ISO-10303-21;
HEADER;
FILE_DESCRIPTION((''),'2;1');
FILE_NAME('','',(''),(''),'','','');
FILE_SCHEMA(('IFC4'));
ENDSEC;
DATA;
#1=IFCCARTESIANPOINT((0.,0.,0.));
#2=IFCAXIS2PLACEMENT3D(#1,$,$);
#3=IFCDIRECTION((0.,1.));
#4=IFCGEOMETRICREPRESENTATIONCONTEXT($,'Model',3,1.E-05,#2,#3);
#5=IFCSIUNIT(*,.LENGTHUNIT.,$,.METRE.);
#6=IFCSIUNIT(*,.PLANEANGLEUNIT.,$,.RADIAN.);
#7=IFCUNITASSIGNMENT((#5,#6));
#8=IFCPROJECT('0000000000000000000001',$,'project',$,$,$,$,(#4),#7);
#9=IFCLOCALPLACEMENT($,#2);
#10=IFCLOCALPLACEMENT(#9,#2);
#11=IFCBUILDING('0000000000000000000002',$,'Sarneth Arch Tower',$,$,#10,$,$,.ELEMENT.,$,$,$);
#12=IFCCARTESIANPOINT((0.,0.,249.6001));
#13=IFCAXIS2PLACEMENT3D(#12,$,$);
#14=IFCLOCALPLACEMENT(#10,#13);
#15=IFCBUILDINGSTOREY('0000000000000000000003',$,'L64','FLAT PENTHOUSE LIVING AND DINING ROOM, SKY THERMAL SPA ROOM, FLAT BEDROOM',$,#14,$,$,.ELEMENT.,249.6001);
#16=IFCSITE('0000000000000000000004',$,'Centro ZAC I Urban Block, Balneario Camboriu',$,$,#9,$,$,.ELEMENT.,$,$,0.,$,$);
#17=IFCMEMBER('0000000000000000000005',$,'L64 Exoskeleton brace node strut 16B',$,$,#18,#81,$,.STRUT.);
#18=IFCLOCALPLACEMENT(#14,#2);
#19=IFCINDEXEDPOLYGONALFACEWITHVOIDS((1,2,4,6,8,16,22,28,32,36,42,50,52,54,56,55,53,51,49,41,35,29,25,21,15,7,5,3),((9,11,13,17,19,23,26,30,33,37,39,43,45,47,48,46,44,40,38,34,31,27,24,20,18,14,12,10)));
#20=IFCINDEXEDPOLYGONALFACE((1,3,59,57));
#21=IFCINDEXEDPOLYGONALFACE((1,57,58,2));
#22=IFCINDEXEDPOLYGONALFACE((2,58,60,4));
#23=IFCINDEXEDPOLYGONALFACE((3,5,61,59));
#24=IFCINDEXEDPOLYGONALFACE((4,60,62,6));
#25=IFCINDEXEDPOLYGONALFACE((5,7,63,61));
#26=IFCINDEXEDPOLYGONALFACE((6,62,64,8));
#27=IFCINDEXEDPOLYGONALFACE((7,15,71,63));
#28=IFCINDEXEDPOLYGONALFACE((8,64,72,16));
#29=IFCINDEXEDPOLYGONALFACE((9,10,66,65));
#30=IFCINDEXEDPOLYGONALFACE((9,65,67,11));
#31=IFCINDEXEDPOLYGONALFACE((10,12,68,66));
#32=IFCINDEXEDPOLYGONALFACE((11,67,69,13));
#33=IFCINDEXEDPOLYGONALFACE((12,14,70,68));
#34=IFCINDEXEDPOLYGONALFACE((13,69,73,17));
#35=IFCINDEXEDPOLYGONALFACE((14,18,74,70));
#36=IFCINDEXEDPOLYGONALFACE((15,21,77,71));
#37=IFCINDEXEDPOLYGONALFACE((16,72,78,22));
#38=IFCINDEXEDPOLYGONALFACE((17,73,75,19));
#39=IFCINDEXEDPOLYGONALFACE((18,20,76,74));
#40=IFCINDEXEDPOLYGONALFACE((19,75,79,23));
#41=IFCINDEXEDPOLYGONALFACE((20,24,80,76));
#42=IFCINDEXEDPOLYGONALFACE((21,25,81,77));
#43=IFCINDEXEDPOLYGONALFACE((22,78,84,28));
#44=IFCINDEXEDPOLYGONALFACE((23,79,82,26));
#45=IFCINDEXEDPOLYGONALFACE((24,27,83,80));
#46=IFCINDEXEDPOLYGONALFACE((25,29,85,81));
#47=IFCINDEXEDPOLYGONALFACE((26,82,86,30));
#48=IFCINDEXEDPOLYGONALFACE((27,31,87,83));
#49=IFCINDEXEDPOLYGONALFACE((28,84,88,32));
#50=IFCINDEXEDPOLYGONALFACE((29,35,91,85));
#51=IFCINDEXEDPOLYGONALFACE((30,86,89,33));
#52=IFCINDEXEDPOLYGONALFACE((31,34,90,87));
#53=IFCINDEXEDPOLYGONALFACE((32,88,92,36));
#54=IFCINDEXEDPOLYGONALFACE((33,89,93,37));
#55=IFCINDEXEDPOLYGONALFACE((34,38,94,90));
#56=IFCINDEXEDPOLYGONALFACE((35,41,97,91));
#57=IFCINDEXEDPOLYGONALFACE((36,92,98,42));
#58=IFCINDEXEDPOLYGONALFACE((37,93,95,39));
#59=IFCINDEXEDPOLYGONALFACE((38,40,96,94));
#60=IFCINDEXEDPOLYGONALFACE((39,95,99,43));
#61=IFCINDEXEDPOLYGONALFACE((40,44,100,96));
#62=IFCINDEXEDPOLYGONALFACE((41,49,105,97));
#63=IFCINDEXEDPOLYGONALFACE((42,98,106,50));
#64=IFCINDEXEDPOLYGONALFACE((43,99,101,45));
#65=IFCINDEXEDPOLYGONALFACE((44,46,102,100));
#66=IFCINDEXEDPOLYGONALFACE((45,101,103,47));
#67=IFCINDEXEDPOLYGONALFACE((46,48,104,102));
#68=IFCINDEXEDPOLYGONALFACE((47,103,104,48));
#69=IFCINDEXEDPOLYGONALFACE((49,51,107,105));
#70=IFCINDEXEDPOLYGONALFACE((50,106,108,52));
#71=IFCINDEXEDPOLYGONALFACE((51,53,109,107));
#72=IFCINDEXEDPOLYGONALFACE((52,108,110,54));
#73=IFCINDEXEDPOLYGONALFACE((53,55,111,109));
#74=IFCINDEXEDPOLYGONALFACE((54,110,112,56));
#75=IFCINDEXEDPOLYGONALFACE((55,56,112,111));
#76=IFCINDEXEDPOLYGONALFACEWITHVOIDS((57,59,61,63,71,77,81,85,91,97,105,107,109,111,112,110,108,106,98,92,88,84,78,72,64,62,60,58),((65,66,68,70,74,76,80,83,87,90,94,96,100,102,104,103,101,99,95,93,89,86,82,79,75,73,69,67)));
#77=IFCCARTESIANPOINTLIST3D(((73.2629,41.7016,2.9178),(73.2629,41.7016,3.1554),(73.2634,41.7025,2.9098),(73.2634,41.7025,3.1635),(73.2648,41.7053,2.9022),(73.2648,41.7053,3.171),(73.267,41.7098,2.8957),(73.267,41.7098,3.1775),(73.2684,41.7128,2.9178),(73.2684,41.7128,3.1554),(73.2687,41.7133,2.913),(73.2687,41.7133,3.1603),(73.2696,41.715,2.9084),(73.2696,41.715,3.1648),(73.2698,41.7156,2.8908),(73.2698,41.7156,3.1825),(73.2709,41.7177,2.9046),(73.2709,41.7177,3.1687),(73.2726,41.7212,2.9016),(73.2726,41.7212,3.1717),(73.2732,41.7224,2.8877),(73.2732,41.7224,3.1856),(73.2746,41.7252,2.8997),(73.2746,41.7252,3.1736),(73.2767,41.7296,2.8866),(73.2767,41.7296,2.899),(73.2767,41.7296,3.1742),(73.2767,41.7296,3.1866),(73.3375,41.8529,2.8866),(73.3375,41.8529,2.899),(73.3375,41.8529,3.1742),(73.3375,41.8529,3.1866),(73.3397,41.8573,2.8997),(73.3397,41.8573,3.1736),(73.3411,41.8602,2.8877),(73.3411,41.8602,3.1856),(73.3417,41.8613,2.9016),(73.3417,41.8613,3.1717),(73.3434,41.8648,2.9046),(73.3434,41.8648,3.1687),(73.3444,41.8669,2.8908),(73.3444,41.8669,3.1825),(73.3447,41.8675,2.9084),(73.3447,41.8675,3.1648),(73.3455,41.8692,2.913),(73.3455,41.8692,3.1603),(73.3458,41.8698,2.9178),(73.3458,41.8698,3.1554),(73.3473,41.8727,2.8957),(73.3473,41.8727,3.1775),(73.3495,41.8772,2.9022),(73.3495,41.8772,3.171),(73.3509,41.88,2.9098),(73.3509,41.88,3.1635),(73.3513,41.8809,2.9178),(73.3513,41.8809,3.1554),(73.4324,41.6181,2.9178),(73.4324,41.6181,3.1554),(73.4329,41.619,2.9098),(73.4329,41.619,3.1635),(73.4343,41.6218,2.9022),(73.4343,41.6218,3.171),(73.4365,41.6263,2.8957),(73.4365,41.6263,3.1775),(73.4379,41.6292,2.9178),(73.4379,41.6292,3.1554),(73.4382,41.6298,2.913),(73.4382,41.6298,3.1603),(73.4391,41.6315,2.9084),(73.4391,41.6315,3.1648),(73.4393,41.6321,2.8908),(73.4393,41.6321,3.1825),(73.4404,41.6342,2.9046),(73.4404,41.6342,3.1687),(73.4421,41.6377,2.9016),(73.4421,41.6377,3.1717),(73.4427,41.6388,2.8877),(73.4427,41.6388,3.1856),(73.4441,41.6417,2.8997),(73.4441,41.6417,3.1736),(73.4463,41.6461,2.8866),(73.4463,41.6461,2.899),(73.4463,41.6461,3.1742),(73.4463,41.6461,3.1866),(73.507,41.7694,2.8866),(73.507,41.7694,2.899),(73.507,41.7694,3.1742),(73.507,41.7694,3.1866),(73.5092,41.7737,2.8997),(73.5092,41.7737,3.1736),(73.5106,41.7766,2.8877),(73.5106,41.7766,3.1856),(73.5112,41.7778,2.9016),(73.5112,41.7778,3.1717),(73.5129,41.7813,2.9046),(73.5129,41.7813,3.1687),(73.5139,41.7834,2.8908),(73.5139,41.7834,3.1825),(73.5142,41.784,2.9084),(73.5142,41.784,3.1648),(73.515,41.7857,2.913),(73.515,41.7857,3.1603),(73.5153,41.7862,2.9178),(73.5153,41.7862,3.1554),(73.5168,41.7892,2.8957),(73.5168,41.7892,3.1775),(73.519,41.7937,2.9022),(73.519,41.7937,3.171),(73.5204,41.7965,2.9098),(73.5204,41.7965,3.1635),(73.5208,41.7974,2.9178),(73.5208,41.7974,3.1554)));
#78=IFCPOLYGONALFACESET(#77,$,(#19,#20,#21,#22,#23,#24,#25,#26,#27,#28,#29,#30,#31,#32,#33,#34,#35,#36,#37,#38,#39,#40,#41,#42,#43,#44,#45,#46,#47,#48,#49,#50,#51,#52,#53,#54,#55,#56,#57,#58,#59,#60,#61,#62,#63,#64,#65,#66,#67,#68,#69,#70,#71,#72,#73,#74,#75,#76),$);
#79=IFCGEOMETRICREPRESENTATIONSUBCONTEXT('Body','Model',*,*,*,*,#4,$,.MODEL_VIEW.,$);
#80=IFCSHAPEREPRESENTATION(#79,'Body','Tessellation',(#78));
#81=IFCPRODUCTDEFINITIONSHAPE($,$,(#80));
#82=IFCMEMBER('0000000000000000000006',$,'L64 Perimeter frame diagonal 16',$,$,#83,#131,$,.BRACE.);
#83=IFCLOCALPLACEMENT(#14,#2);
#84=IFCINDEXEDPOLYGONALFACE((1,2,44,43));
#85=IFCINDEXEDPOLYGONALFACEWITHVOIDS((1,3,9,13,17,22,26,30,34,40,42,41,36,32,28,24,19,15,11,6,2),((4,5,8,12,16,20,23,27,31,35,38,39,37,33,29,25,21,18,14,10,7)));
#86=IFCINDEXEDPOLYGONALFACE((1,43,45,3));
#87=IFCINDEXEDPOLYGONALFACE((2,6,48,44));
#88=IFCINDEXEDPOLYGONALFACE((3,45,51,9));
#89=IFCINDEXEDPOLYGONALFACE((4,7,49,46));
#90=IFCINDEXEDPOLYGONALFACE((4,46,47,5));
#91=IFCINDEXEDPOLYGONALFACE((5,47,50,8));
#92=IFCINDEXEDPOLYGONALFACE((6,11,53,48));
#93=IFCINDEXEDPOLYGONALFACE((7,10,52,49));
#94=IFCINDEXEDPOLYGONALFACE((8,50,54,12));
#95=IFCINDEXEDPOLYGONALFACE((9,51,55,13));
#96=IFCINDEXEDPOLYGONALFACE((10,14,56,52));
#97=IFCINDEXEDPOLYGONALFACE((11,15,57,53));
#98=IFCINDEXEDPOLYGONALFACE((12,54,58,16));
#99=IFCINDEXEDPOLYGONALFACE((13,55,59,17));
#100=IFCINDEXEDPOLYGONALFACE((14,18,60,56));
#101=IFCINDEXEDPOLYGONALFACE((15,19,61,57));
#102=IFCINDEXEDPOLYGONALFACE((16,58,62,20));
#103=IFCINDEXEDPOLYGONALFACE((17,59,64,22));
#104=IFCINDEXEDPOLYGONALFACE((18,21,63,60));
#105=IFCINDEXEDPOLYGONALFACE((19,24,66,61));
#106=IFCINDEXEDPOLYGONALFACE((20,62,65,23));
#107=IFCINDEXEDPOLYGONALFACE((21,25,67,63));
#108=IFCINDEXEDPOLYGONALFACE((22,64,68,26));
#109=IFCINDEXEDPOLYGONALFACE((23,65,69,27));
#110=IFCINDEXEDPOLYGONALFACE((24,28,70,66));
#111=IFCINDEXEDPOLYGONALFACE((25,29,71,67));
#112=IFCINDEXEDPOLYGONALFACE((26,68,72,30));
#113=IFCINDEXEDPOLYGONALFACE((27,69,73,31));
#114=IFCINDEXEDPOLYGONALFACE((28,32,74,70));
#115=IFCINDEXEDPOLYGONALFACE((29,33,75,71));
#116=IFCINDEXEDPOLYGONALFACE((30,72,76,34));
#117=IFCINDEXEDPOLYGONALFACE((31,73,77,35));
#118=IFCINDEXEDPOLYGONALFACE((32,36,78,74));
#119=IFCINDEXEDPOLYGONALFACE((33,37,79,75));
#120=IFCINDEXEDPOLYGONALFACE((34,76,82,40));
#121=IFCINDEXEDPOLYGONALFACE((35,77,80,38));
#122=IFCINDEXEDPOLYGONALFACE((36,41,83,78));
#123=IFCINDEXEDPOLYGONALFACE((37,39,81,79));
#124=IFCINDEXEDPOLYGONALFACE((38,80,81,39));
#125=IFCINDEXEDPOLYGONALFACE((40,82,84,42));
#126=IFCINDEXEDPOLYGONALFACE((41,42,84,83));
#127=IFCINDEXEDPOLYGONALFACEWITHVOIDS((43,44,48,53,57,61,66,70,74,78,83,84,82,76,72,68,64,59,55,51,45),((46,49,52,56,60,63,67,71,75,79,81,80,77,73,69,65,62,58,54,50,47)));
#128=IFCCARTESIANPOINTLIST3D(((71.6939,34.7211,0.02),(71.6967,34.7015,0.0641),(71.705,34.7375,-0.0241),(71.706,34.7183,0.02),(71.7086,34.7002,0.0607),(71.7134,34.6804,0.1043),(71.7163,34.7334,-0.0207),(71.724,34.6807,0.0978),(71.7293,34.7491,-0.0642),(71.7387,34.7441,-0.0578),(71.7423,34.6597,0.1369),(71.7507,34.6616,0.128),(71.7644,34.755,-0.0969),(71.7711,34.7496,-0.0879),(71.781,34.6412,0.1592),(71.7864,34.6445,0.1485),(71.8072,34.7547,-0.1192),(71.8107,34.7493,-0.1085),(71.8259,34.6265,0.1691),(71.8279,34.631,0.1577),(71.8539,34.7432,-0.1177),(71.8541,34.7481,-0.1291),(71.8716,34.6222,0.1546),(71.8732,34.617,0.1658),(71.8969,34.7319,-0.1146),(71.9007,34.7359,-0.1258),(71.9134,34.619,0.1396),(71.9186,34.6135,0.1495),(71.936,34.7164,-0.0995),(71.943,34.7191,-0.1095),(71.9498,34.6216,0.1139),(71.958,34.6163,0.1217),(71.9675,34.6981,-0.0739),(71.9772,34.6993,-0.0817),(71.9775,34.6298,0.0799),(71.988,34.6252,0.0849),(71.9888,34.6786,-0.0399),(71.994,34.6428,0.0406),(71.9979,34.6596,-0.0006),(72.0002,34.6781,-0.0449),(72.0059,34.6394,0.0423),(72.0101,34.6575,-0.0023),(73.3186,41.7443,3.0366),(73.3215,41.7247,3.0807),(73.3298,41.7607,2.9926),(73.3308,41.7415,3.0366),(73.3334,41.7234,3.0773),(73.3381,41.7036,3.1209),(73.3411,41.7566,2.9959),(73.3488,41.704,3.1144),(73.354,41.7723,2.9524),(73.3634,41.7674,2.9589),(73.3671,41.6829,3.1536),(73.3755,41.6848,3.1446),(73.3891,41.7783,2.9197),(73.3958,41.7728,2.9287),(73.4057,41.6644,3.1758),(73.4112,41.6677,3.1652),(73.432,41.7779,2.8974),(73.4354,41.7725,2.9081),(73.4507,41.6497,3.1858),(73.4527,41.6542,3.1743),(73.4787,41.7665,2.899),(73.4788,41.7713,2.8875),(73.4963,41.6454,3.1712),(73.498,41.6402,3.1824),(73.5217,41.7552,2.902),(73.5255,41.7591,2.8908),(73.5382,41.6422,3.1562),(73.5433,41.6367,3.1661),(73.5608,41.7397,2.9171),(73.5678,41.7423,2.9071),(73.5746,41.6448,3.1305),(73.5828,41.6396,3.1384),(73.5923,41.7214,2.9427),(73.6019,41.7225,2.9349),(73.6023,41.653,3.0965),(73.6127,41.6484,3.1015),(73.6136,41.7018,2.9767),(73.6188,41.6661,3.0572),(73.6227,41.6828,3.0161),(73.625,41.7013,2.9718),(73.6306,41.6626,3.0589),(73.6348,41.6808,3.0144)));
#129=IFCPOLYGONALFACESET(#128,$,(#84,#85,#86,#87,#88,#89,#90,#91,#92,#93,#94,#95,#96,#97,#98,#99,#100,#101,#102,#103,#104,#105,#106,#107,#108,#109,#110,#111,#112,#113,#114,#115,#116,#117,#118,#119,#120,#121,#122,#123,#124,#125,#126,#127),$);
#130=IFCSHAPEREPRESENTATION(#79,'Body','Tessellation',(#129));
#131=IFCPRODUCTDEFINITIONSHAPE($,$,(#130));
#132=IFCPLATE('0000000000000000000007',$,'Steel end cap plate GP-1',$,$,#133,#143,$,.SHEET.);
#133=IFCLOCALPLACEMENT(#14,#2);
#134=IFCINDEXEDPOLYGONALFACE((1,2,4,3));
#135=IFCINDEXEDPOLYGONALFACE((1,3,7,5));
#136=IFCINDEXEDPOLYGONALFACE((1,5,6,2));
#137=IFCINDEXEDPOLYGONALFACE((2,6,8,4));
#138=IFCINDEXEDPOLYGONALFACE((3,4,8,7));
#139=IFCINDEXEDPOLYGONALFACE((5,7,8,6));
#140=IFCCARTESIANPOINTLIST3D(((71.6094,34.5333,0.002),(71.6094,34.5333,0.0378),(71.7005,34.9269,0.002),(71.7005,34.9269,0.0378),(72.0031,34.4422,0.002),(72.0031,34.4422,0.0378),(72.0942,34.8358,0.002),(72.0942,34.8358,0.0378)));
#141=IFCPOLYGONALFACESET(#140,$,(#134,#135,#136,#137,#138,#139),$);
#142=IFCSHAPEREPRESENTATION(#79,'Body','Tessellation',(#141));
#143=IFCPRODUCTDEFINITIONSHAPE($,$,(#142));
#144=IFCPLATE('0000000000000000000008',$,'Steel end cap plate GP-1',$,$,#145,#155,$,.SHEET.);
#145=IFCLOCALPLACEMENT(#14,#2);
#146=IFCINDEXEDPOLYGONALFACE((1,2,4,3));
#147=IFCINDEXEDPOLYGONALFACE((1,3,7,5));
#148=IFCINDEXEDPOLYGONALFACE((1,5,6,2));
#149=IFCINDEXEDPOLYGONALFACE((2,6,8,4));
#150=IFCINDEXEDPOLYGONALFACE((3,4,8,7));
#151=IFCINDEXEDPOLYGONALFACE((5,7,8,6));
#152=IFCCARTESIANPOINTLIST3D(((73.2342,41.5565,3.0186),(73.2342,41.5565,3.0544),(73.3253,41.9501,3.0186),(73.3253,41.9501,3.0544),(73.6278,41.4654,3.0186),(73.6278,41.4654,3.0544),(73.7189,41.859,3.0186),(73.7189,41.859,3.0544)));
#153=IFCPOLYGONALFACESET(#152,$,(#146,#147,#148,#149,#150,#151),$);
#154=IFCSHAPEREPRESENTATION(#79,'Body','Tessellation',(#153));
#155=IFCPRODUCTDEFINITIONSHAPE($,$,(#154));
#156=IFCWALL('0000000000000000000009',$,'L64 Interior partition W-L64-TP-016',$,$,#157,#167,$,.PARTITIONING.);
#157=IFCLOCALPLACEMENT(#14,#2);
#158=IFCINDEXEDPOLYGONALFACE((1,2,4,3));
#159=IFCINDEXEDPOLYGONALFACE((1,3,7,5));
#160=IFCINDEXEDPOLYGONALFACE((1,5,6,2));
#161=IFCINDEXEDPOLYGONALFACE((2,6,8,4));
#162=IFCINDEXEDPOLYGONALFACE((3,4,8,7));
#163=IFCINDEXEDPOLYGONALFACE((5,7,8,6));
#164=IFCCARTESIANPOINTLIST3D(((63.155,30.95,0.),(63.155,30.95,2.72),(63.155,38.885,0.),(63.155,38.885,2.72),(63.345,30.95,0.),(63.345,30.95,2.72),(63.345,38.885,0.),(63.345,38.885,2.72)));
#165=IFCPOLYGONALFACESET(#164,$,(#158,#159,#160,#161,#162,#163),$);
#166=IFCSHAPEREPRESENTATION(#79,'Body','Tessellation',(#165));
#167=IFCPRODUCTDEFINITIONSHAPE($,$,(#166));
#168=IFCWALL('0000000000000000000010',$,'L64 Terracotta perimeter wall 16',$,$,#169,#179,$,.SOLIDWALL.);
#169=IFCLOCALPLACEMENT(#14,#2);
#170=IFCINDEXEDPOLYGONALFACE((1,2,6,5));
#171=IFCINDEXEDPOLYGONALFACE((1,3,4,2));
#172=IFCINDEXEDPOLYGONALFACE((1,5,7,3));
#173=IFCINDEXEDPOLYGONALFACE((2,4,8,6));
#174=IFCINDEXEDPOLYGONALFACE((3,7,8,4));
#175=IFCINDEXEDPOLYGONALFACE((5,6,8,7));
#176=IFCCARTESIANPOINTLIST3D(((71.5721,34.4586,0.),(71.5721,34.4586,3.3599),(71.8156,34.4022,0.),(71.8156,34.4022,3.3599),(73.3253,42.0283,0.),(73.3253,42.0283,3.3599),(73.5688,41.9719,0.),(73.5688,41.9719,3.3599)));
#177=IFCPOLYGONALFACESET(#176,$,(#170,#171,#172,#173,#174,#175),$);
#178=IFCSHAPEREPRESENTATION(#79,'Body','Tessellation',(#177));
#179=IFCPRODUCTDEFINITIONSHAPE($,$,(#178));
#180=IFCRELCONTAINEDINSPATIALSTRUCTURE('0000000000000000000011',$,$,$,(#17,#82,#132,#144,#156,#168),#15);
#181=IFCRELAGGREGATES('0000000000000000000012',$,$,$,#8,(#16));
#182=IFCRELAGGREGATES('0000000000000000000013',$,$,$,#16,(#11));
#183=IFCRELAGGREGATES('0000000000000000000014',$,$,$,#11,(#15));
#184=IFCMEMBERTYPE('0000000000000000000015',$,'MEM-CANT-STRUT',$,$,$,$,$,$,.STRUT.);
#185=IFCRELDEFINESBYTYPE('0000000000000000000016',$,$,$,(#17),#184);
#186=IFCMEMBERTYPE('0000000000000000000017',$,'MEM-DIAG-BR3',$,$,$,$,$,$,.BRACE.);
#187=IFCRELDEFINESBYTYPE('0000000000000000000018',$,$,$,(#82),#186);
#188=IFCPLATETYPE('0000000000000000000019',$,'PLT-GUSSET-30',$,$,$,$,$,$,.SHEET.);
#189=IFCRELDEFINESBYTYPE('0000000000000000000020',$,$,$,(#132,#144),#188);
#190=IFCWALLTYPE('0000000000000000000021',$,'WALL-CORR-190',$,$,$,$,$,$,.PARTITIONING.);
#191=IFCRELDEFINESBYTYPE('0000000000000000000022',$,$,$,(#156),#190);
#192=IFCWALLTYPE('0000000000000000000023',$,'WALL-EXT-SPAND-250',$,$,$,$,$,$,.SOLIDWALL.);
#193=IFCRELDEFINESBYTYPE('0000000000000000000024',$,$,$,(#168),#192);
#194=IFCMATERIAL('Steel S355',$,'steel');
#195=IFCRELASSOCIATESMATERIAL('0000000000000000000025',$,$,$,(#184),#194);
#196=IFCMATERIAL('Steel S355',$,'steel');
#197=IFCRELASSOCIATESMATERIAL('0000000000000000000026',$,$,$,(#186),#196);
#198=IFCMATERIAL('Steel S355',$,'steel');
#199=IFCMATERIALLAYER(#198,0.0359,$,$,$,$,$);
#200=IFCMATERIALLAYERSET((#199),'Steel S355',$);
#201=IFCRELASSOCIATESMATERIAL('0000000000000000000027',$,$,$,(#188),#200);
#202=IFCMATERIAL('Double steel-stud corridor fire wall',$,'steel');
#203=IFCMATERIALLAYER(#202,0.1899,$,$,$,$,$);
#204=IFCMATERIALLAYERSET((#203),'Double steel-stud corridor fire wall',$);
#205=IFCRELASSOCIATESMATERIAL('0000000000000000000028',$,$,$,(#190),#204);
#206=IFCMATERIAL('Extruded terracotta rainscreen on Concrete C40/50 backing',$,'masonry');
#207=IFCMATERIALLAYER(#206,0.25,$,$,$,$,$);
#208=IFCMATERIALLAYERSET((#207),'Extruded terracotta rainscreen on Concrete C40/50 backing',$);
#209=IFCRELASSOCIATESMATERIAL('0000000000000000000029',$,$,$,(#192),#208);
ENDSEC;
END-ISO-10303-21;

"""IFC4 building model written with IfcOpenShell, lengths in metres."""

from ifc_helpers import new_model, si_unit, direction, frame, frame_2d, origin, origin_2d, place, context, subcontext, project, spatial, rectangle, hollow_rectangle, hollow_circle, extrude, material, layer, layer_set, material_profile, profile_set, type_object, element, save


model = new_model("IFC4")

# Units and contexts
model_context = context("Model", 3, precision=1e-05, world=origin(), true_north=direction((0.0, 1.0)))
body_context = subcontext(model_context, "Body", "Model", "MODEL_VIEW")
ifc_project = project(units=[si_unit("LENGTHUNIT", "METRE"), si_unit("PLANEANGLEUNIT", "RADIAN")], contexts=[model_context])

# Site, building, storey
site_placement = place(None, origin())
site = spatial("IfcSite", under=ifc_project, at=site_placement, Name="Centro ZAC I Urban Block, Balneario Camboriu", CompositionType="ELEMENT", RefElevation=0.0)
building_placement = place(site_placement, origin())
building = spatial("IfcBuilding", under=site, at=building_placement, Name="Sarneth Arch Tower", CompositionType="ELEMENT")
storey_placement = place(building_placement, frame((0.0, 0.0, 249.6001)))
storey = spatial("IfcBuildingStorey", under=building, at=storey_placement, Name="L64", Description="FLAT PENTHOUSE LIVING AND DINING ROOM, SKY THERMAL SPA ROOM, FLAT BEDROOM", CompositionType="ELEMENT", Elevation=249.6001)

# Members
ifc_material_1 = material(Name="Steel S355", Category="steel")
ifc_material_profile_1 = material_profile(ifc_material_1, hollow_rectangle(XDim=0.2, YDim=0.3, WallThickness=0.0125, InnerFilletRadius=0.0188, OuterFilletRadius=0.0312, at=origin_2d()), Name="RHS300x200x12.5")
ifc_profile_set_1 = profile_set([ifc_material_profile_1], Name="Steel S355")
member_type_1 = type_object("IfcMemberType", Name="MEM-CANT-STRUT", PredefinedType="STRUT", material=ifc_profile_set_1)
member_1_placement = place(storey_placement, frame((73.3071, 41.7913, 3.0366), z_axis=(0.896997, -0.442036, 0.0), x_axis=(0.442036, 0.896997, 0.0)))
element("IfcMember", 1, at=member_1_placement, inside=storey, type_object=member_type_1, Name="L64 Exoskeleton brace node strut 16B", PredefinedType="STRUT", context=body_context, shape_type="SweptSolid", body=[
    extrude(hollow_rectangle(XDim=0.2, YDim=0.3, WallThickness=0.0125, InnerFilletRadius=0.0188, OuterFilletRadius=0.0312, at=origin_2d()), origin(), (0.0, 0.0, 1.0), 0.189),
])
ifc_material_2 = material(Name="Steel S355", Category="steel")
ifc_material_profile_2 = material_profile(ifc_material_2, hollow_circle(Radius=0.1621, WallThickness=0.0125, at=origin_2d()), Name="CHS324x12.5")
ifc_profile_set_2 = profile_set([ifc_material_profile_2], Name="Steel S355")
member_type_2 = type_object("IfcMemberType", Name="MEM-DIAG-BR3", PredefinedType="BRACE", material=ifc_profile_set_2)
member_2_placement = place(storey_placement, frame((71.8518, 34.6846, 0.02), z_axis=(0.207918, 0.898749, 0.386031), x_axis=(-0.974269, 0.225389, 0.0)))
element("IfcMember", 2, at=member_2_placement, inside=storey, type_object=member_type_2, Name="L64 Perimeter frame diagonal 16", PredefinedType="BRACE", context=body_context, shape_type="SweptSolid", body=[
    extrude(hollow_circle(Radius=0.1621, WallThickness=0.0125, at=origin_2d()), origin(), (0.0, 0.0, 1.0), 7.8145),
])

# Plates
ifc_material_3 = material(Name="Steel S355", Category="steel")
ifc_layer_1 = layer(ifc_material_3, 0.0359)
ifc_layer_set_1 = layer_set([ifc_layer_1], Name="Steel S355")
plate_type = type_object("IfcPlateType", Name="PLT-GUSSET-30", PredefinedType="SHEET", material=ifc_layer_set_1)
for number, where, z_axis, x_axis, name in (
    (3, (71.8518, 34.6846, 0.002), (0.0, 0.0, 1.0), (0.225461, 0.974252, 0.0), "Steel end cap plate GP-1"),
    (4, (73.4766, 41.7078, 3.0186), (0.0, 0.0, 1.0), (0.225461, 0.974252, 0.0), "Steel end cap plate GP-1"),
):
    element("IfcPlate", number, at=place(storey_placement, frame(where, z_axis=z_axis, x_axis=x_axis)), inside=storey, type_object=plate_type, Name=name, PredefinedType="SHEET", context=body_context, shape_type="SweptSolid", body=[
        extrude(rectangle(XDim=0.4041, YDim=0.4041, at=origin_2d()), origin(), (0.0, 0.0, 1.0), 0.0359),
    ])

# Walls
ifc_material_4 = material(Name="Double steel-stud corridor fire wall", Category="steel")
ifc_layer_2 = layer(ifc_material_4, 0.1899)
ifc_layer_set_2 = layer_set([ifc_layer_2], Name="Double steel-stud corridor fire wall")
wall_type_1 = type_object("IfcWallType", Name="WALL-CORR-190", PredefinedType="PARTITIONING", material=ifc_layer_set_2)
wall_1_placement = place(storey_placement, frame((63.25, 38.885, 0.0), z_axis=(0.0, 0.0, 1.0), x_axis=(0.0, -1.0, 0.0)))
element("IfcWall", 5, at=wall_1_placement, inside=storey, type_object=wall_type_1, Name="L64 Interior partition W-L64-TP-016", PredefinedType="PARTITIONING", context=body_context, shape_type="SweptSolid", body=[
    extrude(rectangle(XDim=7.9351, YDim=0.1899, at=frame_2d((3.9675, 0.0))), origin(), (0.0, 0.0, 1.0), 2.72),
])
ifc_material_5 = material(Name="Extruded terracotta rainscreen on Concrete C40/50 backing", Category="masonry")
ifc_layer_3 = layer(ifc_material_5, 0.25)
ifc_layer_set_3 = layer_set([ifc_layer_3], Name="Extruded terracotta rainscreen on Concrete C40/50 backing")
wall_type_2 = type_object("IfcWallType", Name="WALL-EXT-SPAND-250", PredefinedType="SOLIDWALL", material=ifc_layer_set_3)
wall_2_placement = place(storey_placement, frame((71.6938, 34.4304, 0.0), z_axis=(0.0, 0.0, 1.0), x_axis=(0.225635, 0.974212, 0.0)))
element("IfcWall", 6, at=wall_2_placement, inside=storey, type_object=wall_type_2, Name="L64 Terracotta perimeter wall 16", PredefinedType="SOLIDWALL", context=body_context, shape_type="SweptSolid", body=[
    extrude(rectangle(XDim=7.77, YDim=0.25, at=frame_2d((3.885, 0.0))), origin(), (0.0, 0.0, 1.0), 3.3599),
])

save(model, "model.ifc")
